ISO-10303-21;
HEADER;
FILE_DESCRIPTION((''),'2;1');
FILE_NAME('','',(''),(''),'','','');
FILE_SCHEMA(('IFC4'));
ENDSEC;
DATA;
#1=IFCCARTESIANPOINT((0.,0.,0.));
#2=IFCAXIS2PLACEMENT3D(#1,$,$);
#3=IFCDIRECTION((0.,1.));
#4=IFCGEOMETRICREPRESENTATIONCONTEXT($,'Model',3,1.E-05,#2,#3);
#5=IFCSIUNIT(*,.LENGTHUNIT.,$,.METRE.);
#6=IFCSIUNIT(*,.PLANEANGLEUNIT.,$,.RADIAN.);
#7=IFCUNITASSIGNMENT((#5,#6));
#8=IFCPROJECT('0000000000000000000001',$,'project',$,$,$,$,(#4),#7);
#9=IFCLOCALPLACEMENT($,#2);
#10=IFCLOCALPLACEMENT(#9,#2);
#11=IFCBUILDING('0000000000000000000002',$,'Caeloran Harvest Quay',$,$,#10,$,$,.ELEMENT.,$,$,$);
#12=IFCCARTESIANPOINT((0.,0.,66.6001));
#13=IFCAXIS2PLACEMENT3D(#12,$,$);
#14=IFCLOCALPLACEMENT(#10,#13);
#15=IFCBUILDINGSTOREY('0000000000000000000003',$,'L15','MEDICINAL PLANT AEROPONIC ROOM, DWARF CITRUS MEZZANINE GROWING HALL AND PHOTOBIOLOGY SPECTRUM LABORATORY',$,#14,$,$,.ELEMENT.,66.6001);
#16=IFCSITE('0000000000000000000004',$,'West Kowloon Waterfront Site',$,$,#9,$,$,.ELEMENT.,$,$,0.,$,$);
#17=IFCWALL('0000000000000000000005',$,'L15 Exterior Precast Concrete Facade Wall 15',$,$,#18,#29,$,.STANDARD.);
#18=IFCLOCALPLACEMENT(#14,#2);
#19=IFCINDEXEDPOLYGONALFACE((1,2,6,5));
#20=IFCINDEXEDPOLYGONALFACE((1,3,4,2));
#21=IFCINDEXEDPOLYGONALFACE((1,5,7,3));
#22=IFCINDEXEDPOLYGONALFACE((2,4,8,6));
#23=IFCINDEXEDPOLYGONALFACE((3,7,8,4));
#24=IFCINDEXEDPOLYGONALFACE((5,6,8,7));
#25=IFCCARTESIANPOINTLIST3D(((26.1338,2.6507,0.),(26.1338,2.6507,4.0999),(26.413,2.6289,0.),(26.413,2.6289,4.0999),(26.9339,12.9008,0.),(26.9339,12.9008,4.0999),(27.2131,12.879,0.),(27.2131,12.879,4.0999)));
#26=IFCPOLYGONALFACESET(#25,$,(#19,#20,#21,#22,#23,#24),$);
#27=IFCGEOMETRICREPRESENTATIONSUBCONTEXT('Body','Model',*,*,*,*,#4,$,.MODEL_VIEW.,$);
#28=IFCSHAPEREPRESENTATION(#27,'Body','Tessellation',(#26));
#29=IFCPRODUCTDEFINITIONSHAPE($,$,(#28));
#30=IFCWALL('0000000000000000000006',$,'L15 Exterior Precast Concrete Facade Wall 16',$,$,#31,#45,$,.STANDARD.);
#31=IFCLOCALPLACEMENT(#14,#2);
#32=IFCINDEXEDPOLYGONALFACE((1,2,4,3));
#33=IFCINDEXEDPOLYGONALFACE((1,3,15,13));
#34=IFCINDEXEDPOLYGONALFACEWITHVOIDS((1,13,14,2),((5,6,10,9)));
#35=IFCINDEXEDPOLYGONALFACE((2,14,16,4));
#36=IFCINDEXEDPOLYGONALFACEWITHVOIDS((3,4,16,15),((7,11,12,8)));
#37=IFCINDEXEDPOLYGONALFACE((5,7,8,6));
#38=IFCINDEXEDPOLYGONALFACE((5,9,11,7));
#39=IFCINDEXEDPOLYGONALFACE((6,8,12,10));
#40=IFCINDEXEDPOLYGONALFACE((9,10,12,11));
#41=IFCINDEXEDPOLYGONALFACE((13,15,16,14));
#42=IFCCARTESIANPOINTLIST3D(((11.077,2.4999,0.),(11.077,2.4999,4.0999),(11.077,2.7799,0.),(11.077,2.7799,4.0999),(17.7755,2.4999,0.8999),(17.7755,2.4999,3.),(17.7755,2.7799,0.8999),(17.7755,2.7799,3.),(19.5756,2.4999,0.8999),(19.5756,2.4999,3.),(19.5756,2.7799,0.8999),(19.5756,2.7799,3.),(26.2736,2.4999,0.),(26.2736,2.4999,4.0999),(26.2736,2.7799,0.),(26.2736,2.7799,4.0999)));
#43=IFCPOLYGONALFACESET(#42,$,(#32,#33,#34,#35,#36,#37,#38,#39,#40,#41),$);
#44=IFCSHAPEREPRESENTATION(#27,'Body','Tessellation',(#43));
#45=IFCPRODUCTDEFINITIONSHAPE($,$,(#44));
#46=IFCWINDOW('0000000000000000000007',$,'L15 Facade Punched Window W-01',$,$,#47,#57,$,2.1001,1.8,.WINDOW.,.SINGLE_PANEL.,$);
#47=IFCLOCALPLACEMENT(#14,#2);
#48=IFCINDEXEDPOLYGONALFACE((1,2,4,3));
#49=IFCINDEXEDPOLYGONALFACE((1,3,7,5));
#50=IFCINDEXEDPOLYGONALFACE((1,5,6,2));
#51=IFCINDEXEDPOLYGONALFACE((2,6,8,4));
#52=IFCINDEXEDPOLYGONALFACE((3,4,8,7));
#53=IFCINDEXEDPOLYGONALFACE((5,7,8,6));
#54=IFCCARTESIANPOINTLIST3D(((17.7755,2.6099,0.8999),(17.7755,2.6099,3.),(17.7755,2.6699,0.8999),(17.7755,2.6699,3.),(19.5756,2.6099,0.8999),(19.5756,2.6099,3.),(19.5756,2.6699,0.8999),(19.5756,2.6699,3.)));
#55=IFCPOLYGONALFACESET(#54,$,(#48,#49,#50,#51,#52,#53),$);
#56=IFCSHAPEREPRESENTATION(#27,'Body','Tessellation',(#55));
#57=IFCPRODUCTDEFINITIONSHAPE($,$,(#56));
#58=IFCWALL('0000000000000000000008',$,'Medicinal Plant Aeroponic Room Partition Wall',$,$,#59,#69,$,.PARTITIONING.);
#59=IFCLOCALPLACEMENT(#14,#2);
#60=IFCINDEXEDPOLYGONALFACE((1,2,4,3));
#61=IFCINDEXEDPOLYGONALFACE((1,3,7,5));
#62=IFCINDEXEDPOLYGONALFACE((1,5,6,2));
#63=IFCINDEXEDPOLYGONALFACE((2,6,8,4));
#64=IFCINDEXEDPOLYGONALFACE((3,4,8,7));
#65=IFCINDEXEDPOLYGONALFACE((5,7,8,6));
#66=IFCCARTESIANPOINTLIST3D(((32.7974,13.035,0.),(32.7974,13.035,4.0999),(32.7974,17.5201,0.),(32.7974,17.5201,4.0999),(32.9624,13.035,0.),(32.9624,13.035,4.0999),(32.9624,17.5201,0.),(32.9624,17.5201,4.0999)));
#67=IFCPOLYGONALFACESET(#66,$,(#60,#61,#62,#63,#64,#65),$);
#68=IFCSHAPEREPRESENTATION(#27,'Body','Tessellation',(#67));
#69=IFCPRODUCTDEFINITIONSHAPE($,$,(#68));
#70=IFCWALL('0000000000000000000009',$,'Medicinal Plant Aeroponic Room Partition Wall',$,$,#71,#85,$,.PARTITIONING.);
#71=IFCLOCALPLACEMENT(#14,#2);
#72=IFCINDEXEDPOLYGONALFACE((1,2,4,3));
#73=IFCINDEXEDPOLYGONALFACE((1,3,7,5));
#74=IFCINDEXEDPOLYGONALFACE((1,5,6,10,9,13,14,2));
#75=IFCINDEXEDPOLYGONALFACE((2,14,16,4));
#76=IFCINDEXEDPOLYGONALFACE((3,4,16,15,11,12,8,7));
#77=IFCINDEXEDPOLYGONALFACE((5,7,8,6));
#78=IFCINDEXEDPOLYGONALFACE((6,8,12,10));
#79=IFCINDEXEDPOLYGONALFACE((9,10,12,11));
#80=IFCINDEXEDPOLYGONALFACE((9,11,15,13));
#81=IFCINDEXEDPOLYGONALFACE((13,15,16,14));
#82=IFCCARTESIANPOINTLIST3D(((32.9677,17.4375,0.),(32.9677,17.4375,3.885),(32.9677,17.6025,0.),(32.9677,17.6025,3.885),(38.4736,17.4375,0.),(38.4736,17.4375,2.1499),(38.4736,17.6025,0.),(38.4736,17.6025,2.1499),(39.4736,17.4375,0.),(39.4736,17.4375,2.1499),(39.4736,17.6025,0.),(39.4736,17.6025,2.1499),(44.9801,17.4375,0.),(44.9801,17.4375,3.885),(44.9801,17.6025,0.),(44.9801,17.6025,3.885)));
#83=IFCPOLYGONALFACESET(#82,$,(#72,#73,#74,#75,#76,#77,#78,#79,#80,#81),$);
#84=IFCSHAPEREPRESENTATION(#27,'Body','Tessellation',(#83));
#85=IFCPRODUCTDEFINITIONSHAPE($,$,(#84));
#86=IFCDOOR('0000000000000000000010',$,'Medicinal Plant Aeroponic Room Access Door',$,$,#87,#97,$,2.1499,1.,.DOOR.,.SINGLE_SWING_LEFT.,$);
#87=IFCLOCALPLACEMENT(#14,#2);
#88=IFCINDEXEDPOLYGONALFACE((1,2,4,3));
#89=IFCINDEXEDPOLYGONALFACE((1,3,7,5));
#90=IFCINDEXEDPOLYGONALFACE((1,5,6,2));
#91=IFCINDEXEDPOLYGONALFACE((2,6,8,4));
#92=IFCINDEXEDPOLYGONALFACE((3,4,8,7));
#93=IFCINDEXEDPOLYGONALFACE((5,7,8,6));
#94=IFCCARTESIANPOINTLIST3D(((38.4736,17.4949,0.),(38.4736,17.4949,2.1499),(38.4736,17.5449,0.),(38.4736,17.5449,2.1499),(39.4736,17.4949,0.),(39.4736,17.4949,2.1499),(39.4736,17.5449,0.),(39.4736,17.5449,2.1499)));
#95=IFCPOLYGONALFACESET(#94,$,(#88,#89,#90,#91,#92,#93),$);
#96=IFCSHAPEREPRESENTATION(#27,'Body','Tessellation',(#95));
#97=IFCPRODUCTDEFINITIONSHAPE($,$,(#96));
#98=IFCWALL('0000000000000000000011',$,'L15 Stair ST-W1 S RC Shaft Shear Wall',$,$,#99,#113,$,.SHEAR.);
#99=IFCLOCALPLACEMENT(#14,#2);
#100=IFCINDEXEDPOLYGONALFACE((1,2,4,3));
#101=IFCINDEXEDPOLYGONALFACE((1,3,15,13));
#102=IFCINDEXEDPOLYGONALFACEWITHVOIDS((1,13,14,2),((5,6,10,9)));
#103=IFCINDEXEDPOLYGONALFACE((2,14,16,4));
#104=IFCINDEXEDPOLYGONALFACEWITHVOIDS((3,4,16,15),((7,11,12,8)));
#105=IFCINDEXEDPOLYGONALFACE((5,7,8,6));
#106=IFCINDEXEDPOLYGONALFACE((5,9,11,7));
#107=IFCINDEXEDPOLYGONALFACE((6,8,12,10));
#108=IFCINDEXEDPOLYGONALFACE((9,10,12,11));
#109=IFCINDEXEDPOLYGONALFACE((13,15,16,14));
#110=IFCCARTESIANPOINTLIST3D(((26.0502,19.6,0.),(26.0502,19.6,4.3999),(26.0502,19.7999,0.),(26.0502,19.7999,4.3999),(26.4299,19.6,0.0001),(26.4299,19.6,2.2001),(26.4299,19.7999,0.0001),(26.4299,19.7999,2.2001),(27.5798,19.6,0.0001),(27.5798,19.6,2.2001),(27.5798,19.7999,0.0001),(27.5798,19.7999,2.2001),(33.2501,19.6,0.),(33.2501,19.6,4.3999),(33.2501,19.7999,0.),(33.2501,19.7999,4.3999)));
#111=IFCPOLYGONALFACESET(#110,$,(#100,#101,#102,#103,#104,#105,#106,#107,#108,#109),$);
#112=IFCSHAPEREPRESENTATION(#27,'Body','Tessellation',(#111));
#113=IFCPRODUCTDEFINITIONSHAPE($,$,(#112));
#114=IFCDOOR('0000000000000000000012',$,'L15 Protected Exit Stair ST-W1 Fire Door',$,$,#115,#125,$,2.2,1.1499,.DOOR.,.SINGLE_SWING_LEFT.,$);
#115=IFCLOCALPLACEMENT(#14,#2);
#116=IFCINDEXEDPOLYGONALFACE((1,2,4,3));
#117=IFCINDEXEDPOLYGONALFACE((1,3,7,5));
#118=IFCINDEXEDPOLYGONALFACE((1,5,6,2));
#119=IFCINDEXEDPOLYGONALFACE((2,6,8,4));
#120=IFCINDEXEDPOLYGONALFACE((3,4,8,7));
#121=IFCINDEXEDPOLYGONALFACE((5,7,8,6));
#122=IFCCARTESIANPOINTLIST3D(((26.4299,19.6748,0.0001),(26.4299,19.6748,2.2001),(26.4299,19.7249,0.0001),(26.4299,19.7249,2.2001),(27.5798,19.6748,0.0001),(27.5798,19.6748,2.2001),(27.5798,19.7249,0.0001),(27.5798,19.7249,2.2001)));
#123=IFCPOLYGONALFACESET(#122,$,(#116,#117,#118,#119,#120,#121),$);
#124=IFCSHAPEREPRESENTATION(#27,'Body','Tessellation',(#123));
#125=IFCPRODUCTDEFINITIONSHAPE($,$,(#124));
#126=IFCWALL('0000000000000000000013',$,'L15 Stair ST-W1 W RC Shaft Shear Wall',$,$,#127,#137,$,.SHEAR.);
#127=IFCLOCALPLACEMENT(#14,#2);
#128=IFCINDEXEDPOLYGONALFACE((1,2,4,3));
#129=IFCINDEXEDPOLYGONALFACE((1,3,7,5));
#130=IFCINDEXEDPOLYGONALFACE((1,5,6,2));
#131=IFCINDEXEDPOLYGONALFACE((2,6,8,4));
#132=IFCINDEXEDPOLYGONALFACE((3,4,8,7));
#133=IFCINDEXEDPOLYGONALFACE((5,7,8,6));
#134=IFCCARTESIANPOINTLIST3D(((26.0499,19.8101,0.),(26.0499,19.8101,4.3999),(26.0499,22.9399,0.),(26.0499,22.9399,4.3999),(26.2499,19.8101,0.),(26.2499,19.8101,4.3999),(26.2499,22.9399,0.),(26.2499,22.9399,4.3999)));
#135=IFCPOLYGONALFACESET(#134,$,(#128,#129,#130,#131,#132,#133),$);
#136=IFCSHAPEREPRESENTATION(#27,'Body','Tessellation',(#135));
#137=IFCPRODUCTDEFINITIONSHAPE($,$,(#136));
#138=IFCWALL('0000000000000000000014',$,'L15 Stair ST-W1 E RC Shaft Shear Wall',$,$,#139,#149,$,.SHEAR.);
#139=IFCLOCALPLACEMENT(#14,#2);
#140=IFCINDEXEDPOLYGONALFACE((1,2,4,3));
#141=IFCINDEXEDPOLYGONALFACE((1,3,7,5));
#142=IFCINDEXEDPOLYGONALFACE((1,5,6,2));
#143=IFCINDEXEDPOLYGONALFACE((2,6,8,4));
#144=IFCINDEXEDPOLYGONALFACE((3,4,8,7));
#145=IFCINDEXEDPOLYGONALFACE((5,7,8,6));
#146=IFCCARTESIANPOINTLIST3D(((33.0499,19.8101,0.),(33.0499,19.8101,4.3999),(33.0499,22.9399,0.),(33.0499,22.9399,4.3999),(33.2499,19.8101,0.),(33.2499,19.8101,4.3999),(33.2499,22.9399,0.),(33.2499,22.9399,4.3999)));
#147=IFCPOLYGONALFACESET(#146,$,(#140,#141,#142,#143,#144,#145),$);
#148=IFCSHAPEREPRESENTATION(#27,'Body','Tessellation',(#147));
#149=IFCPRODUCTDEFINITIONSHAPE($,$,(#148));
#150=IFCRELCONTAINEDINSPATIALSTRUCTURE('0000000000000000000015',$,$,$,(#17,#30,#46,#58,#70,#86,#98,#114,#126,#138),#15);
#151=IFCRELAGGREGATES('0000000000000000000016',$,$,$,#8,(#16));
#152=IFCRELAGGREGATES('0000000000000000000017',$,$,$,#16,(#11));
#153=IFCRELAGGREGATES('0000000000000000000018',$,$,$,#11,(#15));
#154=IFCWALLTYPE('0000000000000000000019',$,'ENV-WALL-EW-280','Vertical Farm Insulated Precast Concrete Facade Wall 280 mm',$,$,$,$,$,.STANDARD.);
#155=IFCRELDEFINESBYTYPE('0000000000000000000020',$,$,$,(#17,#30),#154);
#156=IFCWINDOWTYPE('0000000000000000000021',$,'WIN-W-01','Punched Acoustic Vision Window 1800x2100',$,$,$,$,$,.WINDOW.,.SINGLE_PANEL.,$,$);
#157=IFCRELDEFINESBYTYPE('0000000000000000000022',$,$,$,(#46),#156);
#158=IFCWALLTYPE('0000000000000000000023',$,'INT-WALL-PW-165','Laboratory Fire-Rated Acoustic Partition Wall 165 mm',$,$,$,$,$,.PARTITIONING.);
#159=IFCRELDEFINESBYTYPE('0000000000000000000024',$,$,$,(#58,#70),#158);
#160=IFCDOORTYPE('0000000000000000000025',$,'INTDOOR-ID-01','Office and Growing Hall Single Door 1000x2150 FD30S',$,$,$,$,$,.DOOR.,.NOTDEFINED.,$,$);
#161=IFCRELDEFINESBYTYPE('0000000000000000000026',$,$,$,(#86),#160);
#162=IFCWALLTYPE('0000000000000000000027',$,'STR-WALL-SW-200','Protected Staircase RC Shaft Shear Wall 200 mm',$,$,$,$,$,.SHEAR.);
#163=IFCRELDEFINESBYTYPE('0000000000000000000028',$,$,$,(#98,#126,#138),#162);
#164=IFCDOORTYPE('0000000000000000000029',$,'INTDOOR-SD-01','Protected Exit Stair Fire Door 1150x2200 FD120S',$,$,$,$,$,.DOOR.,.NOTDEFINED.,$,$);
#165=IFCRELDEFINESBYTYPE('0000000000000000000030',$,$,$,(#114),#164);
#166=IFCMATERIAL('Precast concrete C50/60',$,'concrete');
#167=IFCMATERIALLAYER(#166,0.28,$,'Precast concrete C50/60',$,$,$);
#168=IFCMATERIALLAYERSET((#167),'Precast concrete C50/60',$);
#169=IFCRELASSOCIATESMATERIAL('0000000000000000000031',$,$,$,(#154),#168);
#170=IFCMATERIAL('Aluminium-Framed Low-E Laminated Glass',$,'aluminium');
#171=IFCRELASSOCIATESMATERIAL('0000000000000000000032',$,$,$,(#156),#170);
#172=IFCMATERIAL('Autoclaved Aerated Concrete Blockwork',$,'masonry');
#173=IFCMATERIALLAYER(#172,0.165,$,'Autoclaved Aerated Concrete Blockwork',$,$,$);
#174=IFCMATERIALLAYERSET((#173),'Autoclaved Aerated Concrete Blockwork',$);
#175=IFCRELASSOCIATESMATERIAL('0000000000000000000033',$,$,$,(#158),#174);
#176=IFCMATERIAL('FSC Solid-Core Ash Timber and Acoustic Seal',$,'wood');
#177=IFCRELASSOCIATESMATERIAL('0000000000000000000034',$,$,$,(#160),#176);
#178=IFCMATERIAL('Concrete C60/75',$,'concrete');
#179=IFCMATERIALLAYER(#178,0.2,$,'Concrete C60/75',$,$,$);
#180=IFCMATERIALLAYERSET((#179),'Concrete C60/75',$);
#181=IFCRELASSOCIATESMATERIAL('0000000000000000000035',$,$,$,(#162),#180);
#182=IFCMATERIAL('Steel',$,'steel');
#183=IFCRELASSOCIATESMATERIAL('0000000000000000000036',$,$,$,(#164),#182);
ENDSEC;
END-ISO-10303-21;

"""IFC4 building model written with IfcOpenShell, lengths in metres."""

from ifc_helpers import new_model, si_unit, direction, frame, frame_2d, origin, place, context, subcontext, project, spatial, rectangle, extrude, material, layer, layer_set, type_object, element, fill, save


model = new_model("IFC4")

# Units and contexts
model_context = context("Model", 3, precision=1e-05, world=origin(), true_north=direction((0.0, 1.0)))
body_context = subcontext(model_context, "Body", "Model", "MODEL_VIEW")
ifc_project = project(units=[si_unit("LENGTHUNIT", "METRE"), si_unit("PLANEANGLEUNIT", "RADIAN")], contexts=[model_context])

# Site, building, storey
site_placement = place(None, origin())
site = spatial("IfcSite", under=ifc_project, at=site_placement, Name="West Kowloon Waterfront Site", CompositionType="ELEMENT", RefElevation=0.0)
building_placement = place(site_placement, origin())
building = spatial("IfcBuilding", under=site, at=building_placement, Name="Caeloran Harvest Quay", CompositionType="ELEMENT")
storey_placement = place(building_placement, frame((0.0, 0.0, 66.6001)))
storey = spatial("IfcBuildingStorey", under=building, at=storey_placement, Name="L15", Description="MEDICINAL PLANT AEROPONIC ROOM, DWARF CITRUS MEZZANINE GROWING HALL AND PHOTOBIOLOGY SPECTRUM LABORATORY", CompositionType="ELEMENT", Elevation=66.6001)

# Shared definitions
ifc_material_1 = material(Name="Precast concrete C50/60", Category="concrete")

# Shared definitions
ifc_layer_1 = layer(ifc_material_1, 0.28, Name="Precast concrete C50/60")
ifc_layer_set_1 = layer_set([ifc_layer_1], Name="Precast concrete C50/60")
wall_type_1 = type_object("IfcWallType", Name="ENV-WALL-EW-280", Description="Vertical Farm Insulated Precast Concrete Facade Wall 280 mm", PredefinedType="STANDARD", material=ifc_layer_set_1)
ifc_material_2 = material(Name="Aluminium-Framed Low-E Laminated Glass", Category="aluminium")
window_type = type_object("IfcWindowType", Name="WIN-W-01", Description="Punched Acoustic Vision Window 1800x2100", PartitioningType="SINGLE_PANEL", PredefinedType="WINDOW", material=ifc_material_2)

# Wall
wall_1_placement = place(storey_placement, frame((27.0735, 12.8899, 0.0), z_axis=(0.0, 0.0, 1.0), x_axis=(-0.077817, -0.996968, 0.0)))
element("IfcWall", 1, at=wall_1_placement, inside=storey, type_object=wall_type_1, Name="L15 Exterior Precast Concrete Facade Wall 15", PredefinedType="STANDARD", context=body_context, shape_type="SweptSolid", body=[
    extrude(rectangle(XDim=10.2812, YDim=0.28, at=frame_2d((5.1406, 0.0))), origin(), (0.0, 0.0, 1.0), 4.0999),
])

# Wall, opening, window
wall_2_placement = place(storey_placement, frame((26.2734, 2.6399, 0.0), z_axis=(0.0, 0.0, 1.0), x_axis=(-1.0, 0.0, 0.0)))
wall_2 = element("IfcWall", 2, at=wall_2_placement, inside=storey, type_object=wall_type_1, Name="L15 Exterior Precast Concrete Facade Wall 16", PredefinedType="STANDARD", context=body_context, shape_type="SweptSolid", body=[
    extrude(rectangle(XDim=15.1965, YDim=0.28, at=frame_2d((7.5981, 0.0))), origin(), (0.0, 0.0, 1.0), 4.0999),
])
opening_1_placement = place(wall_2_placement, frame((6.698, 0.0, 0.8999)))
opening_1 = element("IfcOpeningElement", 3, at=opening_1_placement, cuts=wall_2, PredefinedType="OPENING", context=body_context, shape_type="SweptSolid", body=[
    extrude(rectangle(XDim=1.8, YDim=2.1001, at=frame_2d((0.8999, 1.05))), frame((0.0, 0.1499, 0.0), z_axis=(0.0, -1.0, 0.0), x_axis=(1.0, 0.0, 0.0)), (0.0, 0.0, 1.0), 0.3),
])
window_1_placement = place(opening_1_placement, origin())
window_1 = element("IfcWindow", 4, at=window_1_placement, inside=storey, type_object=window_type, Name="L15 Facade Punched Window W-01", OverallHeight=2.1001, OverallWidth=1.8, PartitioningType="SINGLE_PANEL", PredefinedType="WINDOW", context=body_context, shape_type="SweptSolid", body=[
    extrude(rectangle(XDim=1.8, YDim=2.1001, at=frame_2d((0.8999, 1.05))), frame((0.0, 0.03, 0.0), z_axis=(0.0, -1.0, 0.0), x_axis=(1.0, 0.0, 0.0)), (0.0, 0.0, 1.0), 0.0601),
])
fill(opening_1, window_1)

# Wall
ifc_material_3 = material(Name="Autoclaved Aerated Concrete Blockwork", Category="masonry")
ifc_layer_2 = layer(ifc_material_3, 0.165, Name="Autoclaved Aerated Concrete Blockwork")
ifc_layer_set_2 = layer_set([ifc_layer_2], Name="Autoclaved Aerated Concrete Blockwork")
wall_type_2 = type_object("IfcWallType", Name="INT-WALL-PW-165", Description="Laboratory Fire-Rated Acoustic Partition Wall 165 mm", PredefinedType="PARTITIONING", material=ifc_layer_set_2)
wall_3_placement = place(storey_placement, frame((32.8799, 13.0349, 0.0), z_axis=(0.0, 0.0, 1.0), x_axis=(0.0, 1.0, 0.0)))
element("IfcWall", 5, at=wall_3_placement, inside=storey, type_object=wall_type_2, Name="Medicinal Plant Aeroponic Room Partition Wall", PredefinedType="PARTITIONING", context=body_context, shape_type="SweptSolid", body=[
    extrude(rectangle(XDim=4.4851, YDim=0.165, at=frame_2d((2.2427, 0.0))), origin(), (0.0, 0.0, 1.0), 4.0999),
])

# Walls, openings, doors
wall_4_placement = place(storey_placement, frame((32.9675, 17.52, 0.0), z_axis=(0.0, 0.0, 1.0), x_axis=(1.0, 0.0, 0.0)))
wall_4 = element("IfcWall", 6, at=wall_4_placement, inside=storey, type_object=wall_type_2, Name="Medicinal Plant Aeroponic Room Partition Wall", PredefinedType="PARTITIONING", context=body_context, shape_type="SweptSolid", body=[
    extrude(rectangle(XDim=12.0125, YDim=0.165, at=frame_2d((6.0063, 0.0))), origin(), (0.0, 0.0, 1.0), 3.885),
])
opening_2_placement = place(wall_4_placement, frame((5.5061, 0.0, 0.0)))
opening_2 = element("IfcOpeningElement", 7, at=opening_2_placement, cuts=wall_4, PredefinedType="OPENING", context=body_context, shape_type="SweptSolid", body=[
    extrude(rectangle(XDim=1.0, YDim=2.1499, at=frame_2d((0.5, 1.075))), frame((0.0, 0.0925, 0.0), z_axis=(0.0, -1.0, 0.0), x_axis=(1.0, 0.0, 0.0)), (0.0, 0.0, 1.0), 0.1851),
])
ifc_material_4 = material(Name="FSC Solid-Core Ash Timber and Acoustic Seal", Category="wood")
door_type_1 = type_object("IfcDoorType", Name="INTDOOR-ID-01", Description="Office and Growing Hall Single Door 1000x2150 FD30S", OperationType="NOTDEFINED", PredefinedType="DOOR", material=ifc_material_4)
door_1_placement = place(opening_2_placement, origin())
door_1 = element("IfcDoor", 8, at=door_1_placement, inside=storey, type_object=door_type_1, Name="Medicinal Plant Aeroponic Room Access Door", OperationType="SINGLE_SWING_LEFT", OverallHeight=2.1499, OverallWidth=1.0, PredefinedType="DOOR", context=body_context, shape_type="SweptSolid", body=[
    extrude(rectangle(XDim=1.0, YDim=2.1499, at=frame_2d((0.5, 1.075))), frame((0.0, 0.0249, 0.0), z_axis=(0.0, -1.0, 0.0), x_axis=(1.0, 0.0, 0.0)), (0.0, 0.0, 1.0), 0.05),
])
fill(opening_2, door_1)
ifc_material_5 = material(Name="Concrete C60/75", Category="concrete")
ifc_layer_3 = layer(ifc_material_5, 0.2, Name="Concrete C60/75")
ifc_layer_set_3 = layer_set([ifc_layer_3], Name="Concrete C60/75")
wall_type_3 = type_object("IfcWallType", Name="STR-WALL-SW-200", Description="Protected Staircase RC Shaft Shear Wall 200 mm", PredefinedType="SHEAR", material=ifc_layer_set_3)
wall_5_placement = place(storey_placement, frame((26.05, 19.7, 0.0), z_axis=(0.0, 0.0, 1.0), x_axis=(1.0, 0.0, 0.0)))
wall_5 = element("IfcWall", 9, at=wall_5_placement, inside=storey, type_object=wall_type_3, Name="L15 Stair ST-W1 S RC Shaft Shear Wall", PredefinedType="SHEAR", context=body_context, shape_type="SweptSolid", body=[
    extrude(rectangle(XDim=7.2, YDim=0.2, at=frame_2d((3.6001, 0.0))), origin(), (0.0, 0.0, 1.0), 4.3999),
])
opening_3_placement = place(wall_5_placement, frame((0.3799, 0.0, 0.0)))
opening_3 = element("IfcOpeningElement", 10, at=opening_3_placement, cuts=wall_5, PredefinedType="OPENING", context=body_context, shape_type="SweptSolid", body=[
    extrude(rectangle(XDim=1.1499, YDim=2.2, at=frame_2d((0.575, 1.1001))), frame((0.0, 0.1099, 0.0), z_axis=(0.0, -1.0, 0.0), x_axis=(1.0, 0.0, 0.0)), (0.0, 0.0, 1.0), 0.22),
])
ifc_material_6 = material(Name="Steel", Category="steel")
door_type_2 = type_object("IfcDoorType", Name="INTDOOR-SD-01", Description="Protected Exit Stair Fire Door 1150x2200 FD120S", OperationType="NOTDEFINED", PredefinedType="DOOR", material=ifc_material_6)
door_2_placement = place(opening_3_placement, origin())
door_2 = element("IfcDoor", 11, at=door_2_placement, inside=storey, type_object=door_type_2, Name="L15 Protected Exit Stair ST-W1 Fire Door", OperationType="SINGLE_SWING_LEFT", OverallHeight=2.2, OverallWidth=1.1499, PredefinedType="DOOR", context=body_context, shape_type="SweptSolid", body=[
    extrude(rectangle(XDim=1.1499, YDim=2.2, at=frame_2d((0.575, 1.1001))), frame((0.0, 0.0249, 0.0), z_axis=(0.0, -1.0, 0.0), x_axis=(1.0, 0.0, 0.0)), (0.0, 0.0, 1.0), 0.05),
])
fill(opening_3, door_2)

# Walls
for number, where, z_axis, x_axis, name in (
    (12, (26.1499, 19.8101, 0.0), (0.0, 0.0, 1.0), (0.0, 1.0, 0.0), "L15 Stair ST-W1 W RC Shaft Shear Wall"),
    (13, (33.1499, 19.8101, 0.0), (0.0, 0.0, 1.0), (0.0, 1.0, 0.0), "L15 Stair ST-W1 E RC Shaft Shear Wall"),
):
    element("IfcWall", number, at=place(storey_placement, frame(where, z_axis=z_axis, x_axis=x_axis)), inside=storey, type_object=wall_type_3, Name=name, PredefinedType="SHEAR", context=body_context, shape_type="SweptSolid", body=[
        extrude(rectangle(XDim=3.1299, YDim=0.2, at=frame_2d((1.5649, 0.0))), origin(), (0.0, 0.0, 1.0), 4.3999),
    ])

save(model, "model.ifc")
